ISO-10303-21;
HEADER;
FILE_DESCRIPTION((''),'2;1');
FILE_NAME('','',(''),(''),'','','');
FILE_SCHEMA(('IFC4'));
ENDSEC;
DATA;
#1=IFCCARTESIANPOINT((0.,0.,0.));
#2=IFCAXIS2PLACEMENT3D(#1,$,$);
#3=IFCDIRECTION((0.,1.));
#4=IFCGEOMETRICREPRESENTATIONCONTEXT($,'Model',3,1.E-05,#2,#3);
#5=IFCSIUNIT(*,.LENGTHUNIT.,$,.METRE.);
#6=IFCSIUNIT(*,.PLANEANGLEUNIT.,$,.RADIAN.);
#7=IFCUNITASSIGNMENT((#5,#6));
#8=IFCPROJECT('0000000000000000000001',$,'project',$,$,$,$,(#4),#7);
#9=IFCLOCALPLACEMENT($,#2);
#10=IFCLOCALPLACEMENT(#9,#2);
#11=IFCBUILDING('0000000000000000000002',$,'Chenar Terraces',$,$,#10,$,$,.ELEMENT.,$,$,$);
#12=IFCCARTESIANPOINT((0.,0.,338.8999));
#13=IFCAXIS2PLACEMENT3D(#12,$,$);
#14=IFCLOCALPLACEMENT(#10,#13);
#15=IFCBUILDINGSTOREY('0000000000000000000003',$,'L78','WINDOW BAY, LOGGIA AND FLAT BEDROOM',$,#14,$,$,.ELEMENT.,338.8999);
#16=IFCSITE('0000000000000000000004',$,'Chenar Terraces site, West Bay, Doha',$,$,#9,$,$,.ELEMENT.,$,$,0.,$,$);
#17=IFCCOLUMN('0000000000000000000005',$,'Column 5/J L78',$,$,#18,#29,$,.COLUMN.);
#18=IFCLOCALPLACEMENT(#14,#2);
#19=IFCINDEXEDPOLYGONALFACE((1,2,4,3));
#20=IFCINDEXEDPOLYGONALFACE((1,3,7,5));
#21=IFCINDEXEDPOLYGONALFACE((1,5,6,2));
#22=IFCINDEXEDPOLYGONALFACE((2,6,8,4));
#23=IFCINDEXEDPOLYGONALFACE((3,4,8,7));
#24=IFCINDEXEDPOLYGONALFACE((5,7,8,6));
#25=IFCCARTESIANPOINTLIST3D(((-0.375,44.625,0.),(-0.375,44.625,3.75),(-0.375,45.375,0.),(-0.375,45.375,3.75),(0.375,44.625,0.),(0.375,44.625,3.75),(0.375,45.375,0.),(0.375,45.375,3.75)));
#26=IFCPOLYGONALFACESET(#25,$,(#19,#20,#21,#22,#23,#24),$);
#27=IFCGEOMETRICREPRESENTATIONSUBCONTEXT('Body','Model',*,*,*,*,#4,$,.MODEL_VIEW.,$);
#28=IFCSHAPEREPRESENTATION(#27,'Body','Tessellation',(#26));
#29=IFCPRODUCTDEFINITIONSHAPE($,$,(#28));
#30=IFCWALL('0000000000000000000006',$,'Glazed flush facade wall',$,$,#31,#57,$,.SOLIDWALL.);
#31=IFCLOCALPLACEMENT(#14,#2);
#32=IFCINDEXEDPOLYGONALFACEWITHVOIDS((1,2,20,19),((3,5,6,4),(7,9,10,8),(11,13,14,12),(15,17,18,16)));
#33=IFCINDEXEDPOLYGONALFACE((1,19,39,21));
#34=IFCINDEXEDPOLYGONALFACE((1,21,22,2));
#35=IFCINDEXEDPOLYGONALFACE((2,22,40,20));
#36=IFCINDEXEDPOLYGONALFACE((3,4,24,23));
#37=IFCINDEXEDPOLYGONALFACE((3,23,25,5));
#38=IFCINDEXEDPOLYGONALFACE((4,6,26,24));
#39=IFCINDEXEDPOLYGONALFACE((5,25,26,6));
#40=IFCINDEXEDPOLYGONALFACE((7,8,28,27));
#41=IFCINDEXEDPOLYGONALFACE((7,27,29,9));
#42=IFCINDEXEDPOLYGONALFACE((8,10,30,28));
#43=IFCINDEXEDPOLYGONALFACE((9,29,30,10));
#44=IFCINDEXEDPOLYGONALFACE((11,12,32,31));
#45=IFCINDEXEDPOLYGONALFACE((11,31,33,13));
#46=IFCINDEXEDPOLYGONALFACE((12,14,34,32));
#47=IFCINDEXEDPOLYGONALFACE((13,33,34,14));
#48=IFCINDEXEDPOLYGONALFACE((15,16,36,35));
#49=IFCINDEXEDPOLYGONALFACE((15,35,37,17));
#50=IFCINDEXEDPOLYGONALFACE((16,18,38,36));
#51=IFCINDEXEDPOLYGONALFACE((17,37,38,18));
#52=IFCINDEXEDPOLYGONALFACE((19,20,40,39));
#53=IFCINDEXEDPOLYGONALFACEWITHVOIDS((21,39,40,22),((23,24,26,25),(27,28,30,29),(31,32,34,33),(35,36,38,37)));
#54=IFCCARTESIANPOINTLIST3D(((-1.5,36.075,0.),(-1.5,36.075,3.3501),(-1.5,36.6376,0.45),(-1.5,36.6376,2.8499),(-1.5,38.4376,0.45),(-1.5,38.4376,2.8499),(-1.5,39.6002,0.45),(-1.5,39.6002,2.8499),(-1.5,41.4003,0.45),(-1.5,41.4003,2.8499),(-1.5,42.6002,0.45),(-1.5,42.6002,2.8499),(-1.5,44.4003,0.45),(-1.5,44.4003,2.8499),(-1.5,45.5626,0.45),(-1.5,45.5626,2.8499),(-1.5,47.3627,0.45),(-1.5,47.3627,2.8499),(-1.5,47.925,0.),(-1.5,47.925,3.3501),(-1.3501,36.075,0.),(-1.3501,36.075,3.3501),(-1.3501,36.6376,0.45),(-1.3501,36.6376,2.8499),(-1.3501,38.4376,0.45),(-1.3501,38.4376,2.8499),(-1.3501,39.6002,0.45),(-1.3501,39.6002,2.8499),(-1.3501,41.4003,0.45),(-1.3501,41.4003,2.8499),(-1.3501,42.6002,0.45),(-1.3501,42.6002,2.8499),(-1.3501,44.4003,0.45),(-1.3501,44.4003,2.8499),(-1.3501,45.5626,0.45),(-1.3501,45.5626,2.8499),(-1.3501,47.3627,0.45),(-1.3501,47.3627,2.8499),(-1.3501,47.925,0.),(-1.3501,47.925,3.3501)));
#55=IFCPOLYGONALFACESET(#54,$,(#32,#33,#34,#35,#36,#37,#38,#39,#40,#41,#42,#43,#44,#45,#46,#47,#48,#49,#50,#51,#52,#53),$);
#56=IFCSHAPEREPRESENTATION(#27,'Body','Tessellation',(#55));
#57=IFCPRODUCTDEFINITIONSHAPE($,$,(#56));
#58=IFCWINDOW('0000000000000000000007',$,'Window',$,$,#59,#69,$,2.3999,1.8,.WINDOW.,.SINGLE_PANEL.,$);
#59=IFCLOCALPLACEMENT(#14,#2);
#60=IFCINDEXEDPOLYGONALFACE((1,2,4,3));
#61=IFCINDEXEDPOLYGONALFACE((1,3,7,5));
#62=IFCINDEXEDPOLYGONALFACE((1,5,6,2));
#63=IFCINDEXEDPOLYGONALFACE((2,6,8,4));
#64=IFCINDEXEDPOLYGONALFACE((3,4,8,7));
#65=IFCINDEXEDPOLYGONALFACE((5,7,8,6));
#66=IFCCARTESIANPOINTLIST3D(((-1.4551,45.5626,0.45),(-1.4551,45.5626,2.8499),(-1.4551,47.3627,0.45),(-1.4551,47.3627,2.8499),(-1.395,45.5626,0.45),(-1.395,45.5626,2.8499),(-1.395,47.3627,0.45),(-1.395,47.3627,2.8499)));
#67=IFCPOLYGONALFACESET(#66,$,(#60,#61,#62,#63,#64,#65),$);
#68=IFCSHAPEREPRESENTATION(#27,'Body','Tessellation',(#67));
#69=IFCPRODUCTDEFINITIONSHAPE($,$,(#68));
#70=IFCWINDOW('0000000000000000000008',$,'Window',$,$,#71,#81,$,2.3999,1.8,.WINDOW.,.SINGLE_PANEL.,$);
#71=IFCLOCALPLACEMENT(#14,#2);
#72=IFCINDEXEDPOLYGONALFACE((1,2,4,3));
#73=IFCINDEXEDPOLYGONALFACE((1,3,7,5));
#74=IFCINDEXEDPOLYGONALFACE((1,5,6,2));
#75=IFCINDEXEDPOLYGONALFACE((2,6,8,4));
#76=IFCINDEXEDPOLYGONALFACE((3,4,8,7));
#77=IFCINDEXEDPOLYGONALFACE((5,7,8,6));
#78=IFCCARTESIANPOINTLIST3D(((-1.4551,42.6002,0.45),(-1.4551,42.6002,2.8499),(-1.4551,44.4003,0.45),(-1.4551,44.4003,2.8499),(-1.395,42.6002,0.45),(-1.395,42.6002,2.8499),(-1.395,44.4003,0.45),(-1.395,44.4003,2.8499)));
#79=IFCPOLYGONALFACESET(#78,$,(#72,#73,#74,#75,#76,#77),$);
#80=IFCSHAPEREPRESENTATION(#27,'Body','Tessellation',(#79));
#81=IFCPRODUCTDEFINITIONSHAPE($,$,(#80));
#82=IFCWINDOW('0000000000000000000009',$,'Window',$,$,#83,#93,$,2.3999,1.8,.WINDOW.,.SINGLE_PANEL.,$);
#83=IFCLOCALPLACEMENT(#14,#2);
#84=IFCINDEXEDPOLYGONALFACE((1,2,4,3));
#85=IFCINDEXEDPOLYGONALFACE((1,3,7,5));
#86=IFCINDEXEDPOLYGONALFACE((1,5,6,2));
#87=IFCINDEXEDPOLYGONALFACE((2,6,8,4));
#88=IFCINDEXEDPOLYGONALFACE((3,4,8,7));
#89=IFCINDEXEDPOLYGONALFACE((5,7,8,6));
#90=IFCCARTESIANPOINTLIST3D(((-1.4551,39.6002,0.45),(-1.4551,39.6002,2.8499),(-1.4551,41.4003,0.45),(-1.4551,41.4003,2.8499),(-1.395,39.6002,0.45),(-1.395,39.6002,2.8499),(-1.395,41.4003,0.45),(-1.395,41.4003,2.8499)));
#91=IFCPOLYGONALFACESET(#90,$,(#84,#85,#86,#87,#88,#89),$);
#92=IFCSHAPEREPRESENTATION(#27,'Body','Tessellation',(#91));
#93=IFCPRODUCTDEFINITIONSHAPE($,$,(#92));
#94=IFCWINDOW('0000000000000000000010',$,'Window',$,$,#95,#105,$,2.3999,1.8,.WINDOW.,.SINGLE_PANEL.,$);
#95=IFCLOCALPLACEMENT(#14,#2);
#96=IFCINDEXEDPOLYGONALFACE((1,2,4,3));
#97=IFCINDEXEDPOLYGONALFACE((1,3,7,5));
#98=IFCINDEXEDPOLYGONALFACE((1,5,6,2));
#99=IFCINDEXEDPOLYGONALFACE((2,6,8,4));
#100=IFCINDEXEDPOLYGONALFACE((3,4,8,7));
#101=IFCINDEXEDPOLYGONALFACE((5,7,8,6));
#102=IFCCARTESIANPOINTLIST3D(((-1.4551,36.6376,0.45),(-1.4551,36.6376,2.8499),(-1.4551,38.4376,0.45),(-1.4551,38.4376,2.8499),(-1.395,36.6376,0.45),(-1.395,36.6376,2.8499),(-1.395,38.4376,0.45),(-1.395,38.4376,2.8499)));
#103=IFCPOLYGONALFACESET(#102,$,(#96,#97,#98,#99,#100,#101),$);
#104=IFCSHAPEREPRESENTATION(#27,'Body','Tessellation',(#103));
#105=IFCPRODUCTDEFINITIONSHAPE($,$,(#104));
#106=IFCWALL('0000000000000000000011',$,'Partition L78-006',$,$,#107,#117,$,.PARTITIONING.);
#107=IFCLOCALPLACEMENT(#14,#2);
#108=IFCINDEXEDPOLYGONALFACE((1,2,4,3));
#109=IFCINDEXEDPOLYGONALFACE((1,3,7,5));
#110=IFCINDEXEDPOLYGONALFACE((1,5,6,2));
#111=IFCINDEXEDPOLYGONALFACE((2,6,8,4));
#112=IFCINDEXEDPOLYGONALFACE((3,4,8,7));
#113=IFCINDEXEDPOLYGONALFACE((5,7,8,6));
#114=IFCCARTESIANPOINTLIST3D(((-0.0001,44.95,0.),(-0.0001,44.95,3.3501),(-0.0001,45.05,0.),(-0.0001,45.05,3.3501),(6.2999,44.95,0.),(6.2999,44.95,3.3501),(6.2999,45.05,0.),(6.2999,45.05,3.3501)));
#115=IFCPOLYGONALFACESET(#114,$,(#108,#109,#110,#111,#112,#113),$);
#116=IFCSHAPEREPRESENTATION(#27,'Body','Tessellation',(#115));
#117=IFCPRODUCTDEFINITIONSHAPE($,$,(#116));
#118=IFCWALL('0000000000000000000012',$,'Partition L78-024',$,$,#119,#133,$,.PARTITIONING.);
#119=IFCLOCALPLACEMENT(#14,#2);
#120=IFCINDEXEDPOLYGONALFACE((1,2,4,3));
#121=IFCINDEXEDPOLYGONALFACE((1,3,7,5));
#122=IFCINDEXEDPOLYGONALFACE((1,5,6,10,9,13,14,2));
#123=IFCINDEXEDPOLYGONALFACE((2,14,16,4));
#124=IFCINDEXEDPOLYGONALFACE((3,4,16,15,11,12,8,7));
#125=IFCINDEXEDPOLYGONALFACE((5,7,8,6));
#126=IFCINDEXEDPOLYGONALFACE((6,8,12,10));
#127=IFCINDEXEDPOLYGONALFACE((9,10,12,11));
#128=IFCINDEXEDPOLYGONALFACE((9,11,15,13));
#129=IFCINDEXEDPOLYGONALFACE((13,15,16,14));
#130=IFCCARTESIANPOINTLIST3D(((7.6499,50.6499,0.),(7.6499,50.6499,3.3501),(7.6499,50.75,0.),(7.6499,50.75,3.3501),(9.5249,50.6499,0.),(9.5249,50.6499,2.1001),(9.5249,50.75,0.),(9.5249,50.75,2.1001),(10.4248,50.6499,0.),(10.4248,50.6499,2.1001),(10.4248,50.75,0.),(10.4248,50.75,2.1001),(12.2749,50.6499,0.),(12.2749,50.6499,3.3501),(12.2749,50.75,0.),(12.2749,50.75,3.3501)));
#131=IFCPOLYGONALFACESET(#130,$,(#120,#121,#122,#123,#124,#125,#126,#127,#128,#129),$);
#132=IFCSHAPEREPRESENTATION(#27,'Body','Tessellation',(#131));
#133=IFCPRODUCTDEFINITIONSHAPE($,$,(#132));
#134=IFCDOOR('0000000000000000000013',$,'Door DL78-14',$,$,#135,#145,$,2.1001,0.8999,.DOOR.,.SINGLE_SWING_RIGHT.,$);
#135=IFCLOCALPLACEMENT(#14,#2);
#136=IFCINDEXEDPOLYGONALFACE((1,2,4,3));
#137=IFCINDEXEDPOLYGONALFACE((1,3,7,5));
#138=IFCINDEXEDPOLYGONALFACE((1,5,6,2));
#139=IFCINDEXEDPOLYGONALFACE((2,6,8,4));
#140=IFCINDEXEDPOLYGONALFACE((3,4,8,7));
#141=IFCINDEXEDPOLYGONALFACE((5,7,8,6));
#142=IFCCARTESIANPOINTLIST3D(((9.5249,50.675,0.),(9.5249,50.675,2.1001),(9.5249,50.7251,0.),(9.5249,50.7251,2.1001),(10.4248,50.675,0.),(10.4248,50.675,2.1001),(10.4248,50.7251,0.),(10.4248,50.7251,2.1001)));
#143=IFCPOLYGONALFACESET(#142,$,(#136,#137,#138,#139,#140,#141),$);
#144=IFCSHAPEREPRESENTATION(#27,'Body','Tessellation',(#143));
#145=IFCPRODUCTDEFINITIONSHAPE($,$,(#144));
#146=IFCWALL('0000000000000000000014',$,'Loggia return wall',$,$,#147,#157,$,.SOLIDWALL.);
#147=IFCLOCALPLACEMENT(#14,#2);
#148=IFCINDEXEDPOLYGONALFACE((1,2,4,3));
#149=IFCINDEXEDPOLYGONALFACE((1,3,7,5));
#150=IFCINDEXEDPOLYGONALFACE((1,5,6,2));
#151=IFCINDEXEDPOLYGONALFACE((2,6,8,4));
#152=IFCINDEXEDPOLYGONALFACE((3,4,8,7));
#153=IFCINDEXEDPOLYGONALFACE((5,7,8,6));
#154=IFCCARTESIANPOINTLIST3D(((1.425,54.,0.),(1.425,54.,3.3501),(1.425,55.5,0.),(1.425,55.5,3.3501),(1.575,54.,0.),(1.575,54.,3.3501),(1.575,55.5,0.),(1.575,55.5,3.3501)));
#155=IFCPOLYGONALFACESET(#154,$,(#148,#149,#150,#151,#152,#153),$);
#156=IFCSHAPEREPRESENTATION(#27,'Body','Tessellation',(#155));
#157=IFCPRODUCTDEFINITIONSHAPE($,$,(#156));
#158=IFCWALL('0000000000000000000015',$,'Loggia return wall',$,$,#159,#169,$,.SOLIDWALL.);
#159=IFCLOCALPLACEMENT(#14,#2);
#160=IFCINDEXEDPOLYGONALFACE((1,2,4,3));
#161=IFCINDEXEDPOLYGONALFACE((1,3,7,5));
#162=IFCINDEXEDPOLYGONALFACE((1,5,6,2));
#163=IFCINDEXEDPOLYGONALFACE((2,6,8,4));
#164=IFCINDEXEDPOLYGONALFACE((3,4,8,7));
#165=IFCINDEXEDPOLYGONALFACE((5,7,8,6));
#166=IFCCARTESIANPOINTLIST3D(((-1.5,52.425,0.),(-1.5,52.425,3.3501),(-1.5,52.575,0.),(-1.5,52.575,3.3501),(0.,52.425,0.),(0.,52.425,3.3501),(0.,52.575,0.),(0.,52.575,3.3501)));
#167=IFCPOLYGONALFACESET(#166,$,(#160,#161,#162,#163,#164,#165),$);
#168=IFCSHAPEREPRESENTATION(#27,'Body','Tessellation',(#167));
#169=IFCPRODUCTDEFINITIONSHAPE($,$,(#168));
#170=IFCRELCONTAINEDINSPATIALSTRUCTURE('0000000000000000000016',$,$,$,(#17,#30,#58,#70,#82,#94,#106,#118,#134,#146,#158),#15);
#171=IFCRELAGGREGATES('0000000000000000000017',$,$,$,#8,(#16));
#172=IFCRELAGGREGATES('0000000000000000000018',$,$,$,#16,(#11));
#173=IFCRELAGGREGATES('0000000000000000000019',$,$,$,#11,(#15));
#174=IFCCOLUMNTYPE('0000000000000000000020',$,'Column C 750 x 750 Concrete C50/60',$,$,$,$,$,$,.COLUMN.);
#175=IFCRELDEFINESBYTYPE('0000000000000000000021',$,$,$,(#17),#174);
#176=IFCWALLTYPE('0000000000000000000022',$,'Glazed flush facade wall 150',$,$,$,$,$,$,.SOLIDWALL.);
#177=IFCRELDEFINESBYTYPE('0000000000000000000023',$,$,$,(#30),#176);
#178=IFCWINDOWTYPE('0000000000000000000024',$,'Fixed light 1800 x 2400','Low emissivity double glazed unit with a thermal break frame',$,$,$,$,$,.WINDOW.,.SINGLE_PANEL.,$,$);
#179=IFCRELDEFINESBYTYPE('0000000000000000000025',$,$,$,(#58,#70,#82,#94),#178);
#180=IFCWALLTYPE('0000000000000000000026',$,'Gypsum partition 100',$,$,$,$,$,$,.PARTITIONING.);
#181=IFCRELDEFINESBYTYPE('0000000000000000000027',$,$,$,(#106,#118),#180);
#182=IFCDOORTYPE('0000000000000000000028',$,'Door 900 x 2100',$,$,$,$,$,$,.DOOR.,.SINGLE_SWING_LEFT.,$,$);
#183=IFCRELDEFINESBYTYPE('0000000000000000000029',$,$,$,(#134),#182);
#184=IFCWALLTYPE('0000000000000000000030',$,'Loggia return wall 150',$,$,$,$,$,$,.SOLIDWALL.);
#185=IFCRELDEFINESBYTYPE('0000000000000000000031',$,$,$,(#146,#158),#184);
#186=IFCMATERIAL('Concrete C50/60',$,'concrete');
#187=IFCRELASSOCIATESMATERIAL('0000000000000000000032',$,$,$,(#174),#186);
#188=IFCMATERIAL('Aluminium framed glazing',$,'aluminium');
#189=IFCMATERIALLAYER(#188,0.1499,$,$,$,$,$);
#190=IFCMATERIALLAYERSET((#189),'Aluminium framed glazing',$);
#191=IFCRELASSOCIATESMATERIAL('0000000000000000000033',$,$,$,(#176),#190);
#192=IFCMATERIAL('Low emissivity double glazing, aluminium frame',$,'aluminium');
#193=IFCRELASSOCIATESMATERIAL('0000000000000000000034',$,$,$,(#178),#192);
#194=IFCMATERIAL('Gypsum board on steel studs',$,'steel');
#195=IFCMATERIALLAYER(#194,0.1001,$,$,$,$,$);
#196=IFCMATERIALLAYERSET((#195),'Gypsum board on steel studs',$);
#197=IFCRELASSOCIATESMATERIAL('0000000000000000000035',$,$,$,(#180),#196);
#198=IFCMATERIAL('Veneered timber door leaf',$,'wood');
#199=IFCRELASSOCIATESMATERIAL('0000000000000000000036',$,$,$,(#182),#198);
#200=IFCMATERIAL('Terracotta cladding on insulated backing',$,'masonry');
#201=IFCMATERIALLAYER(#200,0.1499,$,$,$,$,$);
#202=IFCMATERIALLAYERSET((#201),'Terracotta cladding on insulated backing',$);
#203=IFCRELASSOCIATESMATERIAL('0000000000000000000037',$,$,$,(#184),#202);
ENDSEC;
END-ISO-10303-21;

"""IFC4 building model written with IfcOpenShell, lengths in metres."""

from ifc_helpers import new_model, si_unit, direction, frame, frame_2d, origin, origin_2d, place, context, subcontext, project, spatial, rectangle, extrude, material, layer, layer_set, material_profile, profile_set, type_object, element, fill, save


model = new_model("IFC4")

# Units and contexts
model_context = context("Model", 3, precision=1e-05, world=origin(), true_north=direction((0.0, 1.0)))
body_context = subcontext(model_context, "Body", "Model", "MODEL_VIEW")
ifc_project = project(units=[si_unit("LENGTHUNIT", "METRE"), si_unit("PLANEANGLEUNIT", "RADIAN")], contexts=[model_context])

# Site, building, storey
site_placement = place(None, origin())
site = spatial("IfcSite", under=ifc_project, at=site_placement, Name="Chenar Terraces site, West Bay, Doha", CompositionType="ELEMENT", RefElevation=0.0)
building_placement = place(site_placement, origin())
building = spatial("IfcBuilding", under=site, at=building_placement, Name="Chenar Terraces", CompositionType="ELEMENT")
storey_placement = place(building_placement, frame((0.0, 0.0, 338.8999)))
storey = spatial("IfcBuildingStorey", under=building, at=storey_placement, Name="L78", Description="WINDOW BAY, LOGGIA AND FLAT BEDROOM", CompositionType="ELEMENT", Elevation=338.8999)

# Column
ifc_material_1 = material(Name="Concrete C50/60", Category="concrete")
ifc_material_profile_1 = material_profile(ifc_material_1, rectangle(XDim=0.75, YDim=0.75, at=origin_2d()), Name="C 750 x 750")
ifc_profile_set_1 = profile_set([ifc_material_profile_1], Name="Concrete C50/60")
column_type = type_object("IfcColumnType", Name="Column C 750 x 750 Concrete C50/60", PredefinedType="COLUMN", material=ifc_profile_set_1)
placement = place(storey_placement, frame((0.0, 45.0, 0.0), z_axis=(0.0, 0.0, 1.0), x_axis=(1.0, 0.0, 0.0)))
element("IfcColumn", 1, at=placement, inside=storey, type_object=column_type, Name="Column 5/J L78", PredefinedType="COLUMN", context=body_context, shape_type="SweptSolid", body=[
    extrude(rectangle(XDim=0.75, YDim=0.75, at=origin_2d()), origin(), (0.0, 0.0, 1.0), 3.75),
])

# Wall, openings, windows
ifc_material_2 = material(Name="Aluminium framed glazing", Category="aluminium")
ifc_layer_1 = layer(ifc_material_2, 0.1499)
ifc_layer_set_1 = layer_set([ifc_layer_1], Name="Aluminium framed glazing")
wall_type_1 = type_object("IfcWallType", Name="Glazed flush facade wall 150", PredefinedType="SOLIDWALL", material=ifc_layer_set_1)
wall_1_placement = place(storey_placement, frame((-1.425, 47.925, 0.0), z_axis=(0.0, 0.0, 1.0), x_axis=(0.0, -1.0, 0.0)))
wall_1 = element("IfcWall", 2, at=wall_1_placement, inside=storey, type_object=wall_type_1, Name="Glazed flush facade wall", PredefinedType="SOLIDWALL", context=body_context, shape_type="SweptSolid", body=[
    extrude(rectangle(XDim=11.8501, YDim=0.1499, at=frame_2d((5.925, 0.0))), origin(), (0.0, 0.0, 1.0), 3.3501),
])
opening_1_placement = place(wall_1_placement, frame((0.5625, 0.0, 0.45)))
opening_1 = element("IfcOpeningElement", 3, at=opening_1_placement, cuts=wall_1, PredefinedType="OPENING", context=body_context, shape_type="SweptSolid", body=[
    extrude(rectangle(XDim=1.8, YDim=2.3999, at=frame_2d((0.8999, 1.2))), frame((0.0, 0.085, 0.0), z_axis=(0.0, -1.0, 0.0), x_axis=(1.0, 0.0, 0.0)), (0.0, 0.0, 1.0), 0.1699),
])
opening_2_placement = place(wall_1_placement, frame((3.5249, 0.0, 0.45)))
opening_2 = element("IfcOpeningElement", 4, at=opening_2_placement, cuts=wall_1, PredefinedType="OPENING", context=body_context, shape_type="SweptSolid", body=[
    extrude(rectangle(XDim=1.8, YDim=2.3999, at=frame_2d((0.8999, 1.2))), frame((0.0, 0.085, 0.0), z_axis=(0.0, -1.0, 0.0), x_axis=(1.0, 0.0, 0.0)), (0.0, 0.0, 1.0), 0.1699),
])
opening_3_placement = place(wall_1_placement, frame((6.5249, 0.0, 0.45)))
opening_3 = element("IfcOpeningElement", 5, at=opening_3_placement, cuts=wall_1, PredefinedType="OPENING", context=body_context, shape_type="SweptSolid", body=[
    extrude(rectangle(XDim=1.8, YDim=2.3999, at=frame_2d((0.8999, 1.2))), frame((0.0, 0.085, 0.0), z_axis=(0.0, -1.0, 0.0), x_axis=(1.0, 0.0, 0.0)), (0.0, 0.0, 1.0), 0.1699),
])
opening_4_placement = place(wall_1_placement, frame((9.4875, 0.0, 0.45)))
opening_4 = element("IfcOpeningElement", 6, at=opening_4_placement, cuts=wall_1, PredefinedType="OPENING", context=body_context, shape_type="SweptSolid", body=[
    extrude(rectangle(XDim=1.8, YDim=2.3999, at=frame_2d((0.8999, 1.2))), frame((0.0, 0.085, 0.0), z_axis=(0.0, -1.0, 0.0), x_axis=(1.0, 0.0, 0.0)), (0.0, 0.0, 1.0), 0.1699),
])
ifc_material_3 = material(Name="Low emissivity double glazing, aluminium frame", Category="aluminium")
window_type_1 = type_object("IfcWindowType", Name="Fixed light 1800 x 2400", Description="Low emissivity double glazed unit with a thermal break frame", PartitioningType="SINGLE_PANEL", PredefinedType="WINDOW", material=ifc_material_3)
window_1_placement = place(opening_1_placement, origin())
window_1 = element("IfcWindow", 7, at=window_1_placement, inside=storey, type_object=window_type_1, Name="Window", OverallHeight=2.3999, OverallWidth=1.8, PartitioningType="SINGLE_PANEL", PredefinedType="WINDOW", context=body_context, shape_type="SweptSolid", body=[
    extrude(rectangle(XDim=1.8, YDim=2.3999, at=frame_2d((0.8999, 1.2))), frame((0.0, 0.03, 0.0), z_axis=(0.0, -1.0, 0.0), x_axis=(1.0, 0.0, 0.0)), (0.0, 0.0, 1.0), 0.0601),
])
fill(opening_1, window_1)
window_2_placement = place(opening_2_placement, origin())
window_2 = element("IfcWindow", 8, at=window_2_placement, inside=storey, type_object=window_type_1, Name="Window", OverallHeight=2.3999, OverallWidth=1.8, PartitioningType="SINGLE_PANEL", PredefinedType="WINDOW", context=body_context, shape_type="SweptSolid", body=[
    extrude(rectangle(XDim=1.8, YDim=2.3999, at=frame_2d((0.8999, 1.2))), frame((0.0, 0.03, 0.0), z_axis=(0.0, -1.0, 0.0), x_axis=(1.0, 0.0, 0.0)), (0.0, 0.0, 1.0), 0.0601),
])
fill(opening_2, window_2)
window_3_placement = place(opening_3_placement, origin())
window_3 = element("IfcWindow", 9, at=window_3_placement, inside=storey, type_object=window_type_1, Name="Window", OverallHeight=2.3999, OverallWidth=1.8, PartitioningType="SINGLE_PANEL", PredefinedType="WINDOW", context=body_context, shape_type="SweptSolid", body=[
    extrude(rectangle(XDim=1.8, YDim=2.3999, at=frame_2d((0.8999, 1.2))), frame((0.0, 0.03, 0.0), z_axis=(0.0, -1.0, 0.0), x_axis=(1.0, 0.0, 0.0)), (0.0, 0.0, 1.0), 0.0601),
])
fill(opening_3, window_3)
window_4_placement = place(opening_4_placement, origin())
window_4 = element("IfcWindow", 10, at=window_4_placement, inside=storey, type_object=window_type_1, Name="Window", OverallHeight=2.3999, OverallWidth=1.8, PartitioningType="SINGLE_PANEL", PredefinedType="WINDOW", context=body_context, shape_type="SweptSolid", body=[
    extrude(rectangle(XDim=1.8, YDim=2.3999, at=frame_2d((0.8999, 1.2))), frame((0.0, 0.03, 0.0), z_axis=(0.0, -1.0, 0.0), x_axis=(1.0, 0.0, 0.0)), (0.0, 0.0, 1.0), 0.0601),
])
fill(opening_4, window_4)

# Wall
ifc_material_4 = material(Name="Gypsum board on steel studs", Category="steel")
ifc_layer_2 = layer(ifc_material_4, 0.1001)
ifc_layer_set_2 = layer_set([ifc_layer_2], Name="Gypsum board on steel studs")
wall_type_2 = type_object("IfcWallType", Name="Gypsum partition 100", PredefinedType="PARTITIONING", material=ifc_layer_set_2)
element("IfcWall", 11, at=placement, inside=storey, type_object=wall_type_2, Name="Partition L78-006", PredefinedType="PARTITIONING", context=body_context, shape_type="SweptSolid", body=[
    extrude(rectangle(XDim=6.3, YDim=0.1001, at=frame_2d((3.1499, 0.0))), origin(), (0.0, 0.0, 1.0), 3.3501),
])

# Wall, opening, door
wall_2_placement = place(storey_placement, frame((7.6499, 50.7, 0.0), z_axis=(0.0, 0.0, 1.0), x_axis=(1.0, 0.0, 0.0)))
wall_2 = element("IfcWall", 12, at=wall_2_placement, inside=storey, type_object=wall_type_2, Name="Partition L78-024", PredefinedType="PARTITIONING", context=body_context, shape_type="SweptSolid", body=[
    extrude(rectangle(XDim=4.625, YDim=0.1001, at=frame_2d((2.3125, 0.0))), origin(), (0.0, 0.0, 1.0), 3.3501),
])
opening_5_placement = place(wall_2_placement, frame((1.875, 0.0, 0.0)))
opening_5 = element("IfcOpeningElement", 13, at=opening_5_placement, cuts=wall_2, PredefinedType="OPENING", context=body_context, shape_type="SweptSolid", body=[
    extrude(rectangle(XDim=0.8999, YDim=2.1001, at=frame_2d((0.45, 1.05))), frame((0.0, 0.0601, 0.0), z_axis=(0.0, -1.0, 0.0), x_axis=(1.0, 0.0, 0.0)), (0.0, 0.0, 1.0), 0.1201),
])
ifc_material_5 = material(Name="Veneered timber door leaf", Category="wood")
door_type_1 = type_object("IfcDoorType", Name="Door 900 x 2100", OperationType="SINGLE_SWING_LEFT", PredefinedType="DOOR", material=ifc_material_5)
door_1_placement = place(opening_5_placement, frame((0.8999, 0.0, 0.0), z_axis=(0.0, 0.0, 1.0), x_axis=(-1.0, 0.0, 0.0)))
door_1 = element("IfcDoor", 14, at=door_1_placement, inside=storey, type_object=door_type_1, Name="Door DL78-14", OperationType="SINGLE_SWING_RIGHT", OverallHeight=2.1001, OverallWidth=0.8999, PredefinedType="DOOR", context=body_context, shape_type="SweptSolid", body=[
    extrude(rectangle(XDim=0.8999, YDim=2.1001, at=frame_2d((0.45, 1.05))), frame((0.0, 0.0249, 0.0), z_axis=(0.0, -1.0, 0.0), x_axis=(1.0, 0.0, 0.0)), (0.0, 0.0, 1.0), 0.05),
])
fill(opening_5, door_1)

# Walls
ifc_material_6 = material(Name="Terracotta cladding on insulated backing", Category="masonry")
ifc_layer_3 = layer(ifc_material_6, 0.1499)
ifc_layer_set_3 = layer_set([ifc_layer_3], Name="Terracotta cladding on insulated backing")
wall_type_3 = type_object("IfcWallType", Name="Loggia return wall 150", PredefinedType="SOLIDWALL", material=ifc_layer_set_3)
for number, where, z_axis, x_axis, name in (
    (15, (1.5, 55.5, 0.0), (0.0, 0.0, 1.0), (0.0, -1.0, 0.0), "Loggia return wall"),
    (16, (-1.5, 52.5, 0.0), (0.0, 0.0, 1.0), (1.0, 0.0, 0.0), "Loggia return wall"),
):
    element("IfcWall", number, at=place(storey_placement, frame(where, z_axis=z_axis, x_axis=x_axis)), inside=storey, type_object=wall_type_3, Name=name, PredefinedType="SOLIDWALL", context=body_context, shape_type="SweptSolid", body=[
        extrude(rectangle(XDim=1.5, YDim=0.1499, at=frame_2d((0.75, 0.0))), origin(), (0.0, 0.0, 1.0), 3.3501),
    ])

save(model, "model.ifc")
